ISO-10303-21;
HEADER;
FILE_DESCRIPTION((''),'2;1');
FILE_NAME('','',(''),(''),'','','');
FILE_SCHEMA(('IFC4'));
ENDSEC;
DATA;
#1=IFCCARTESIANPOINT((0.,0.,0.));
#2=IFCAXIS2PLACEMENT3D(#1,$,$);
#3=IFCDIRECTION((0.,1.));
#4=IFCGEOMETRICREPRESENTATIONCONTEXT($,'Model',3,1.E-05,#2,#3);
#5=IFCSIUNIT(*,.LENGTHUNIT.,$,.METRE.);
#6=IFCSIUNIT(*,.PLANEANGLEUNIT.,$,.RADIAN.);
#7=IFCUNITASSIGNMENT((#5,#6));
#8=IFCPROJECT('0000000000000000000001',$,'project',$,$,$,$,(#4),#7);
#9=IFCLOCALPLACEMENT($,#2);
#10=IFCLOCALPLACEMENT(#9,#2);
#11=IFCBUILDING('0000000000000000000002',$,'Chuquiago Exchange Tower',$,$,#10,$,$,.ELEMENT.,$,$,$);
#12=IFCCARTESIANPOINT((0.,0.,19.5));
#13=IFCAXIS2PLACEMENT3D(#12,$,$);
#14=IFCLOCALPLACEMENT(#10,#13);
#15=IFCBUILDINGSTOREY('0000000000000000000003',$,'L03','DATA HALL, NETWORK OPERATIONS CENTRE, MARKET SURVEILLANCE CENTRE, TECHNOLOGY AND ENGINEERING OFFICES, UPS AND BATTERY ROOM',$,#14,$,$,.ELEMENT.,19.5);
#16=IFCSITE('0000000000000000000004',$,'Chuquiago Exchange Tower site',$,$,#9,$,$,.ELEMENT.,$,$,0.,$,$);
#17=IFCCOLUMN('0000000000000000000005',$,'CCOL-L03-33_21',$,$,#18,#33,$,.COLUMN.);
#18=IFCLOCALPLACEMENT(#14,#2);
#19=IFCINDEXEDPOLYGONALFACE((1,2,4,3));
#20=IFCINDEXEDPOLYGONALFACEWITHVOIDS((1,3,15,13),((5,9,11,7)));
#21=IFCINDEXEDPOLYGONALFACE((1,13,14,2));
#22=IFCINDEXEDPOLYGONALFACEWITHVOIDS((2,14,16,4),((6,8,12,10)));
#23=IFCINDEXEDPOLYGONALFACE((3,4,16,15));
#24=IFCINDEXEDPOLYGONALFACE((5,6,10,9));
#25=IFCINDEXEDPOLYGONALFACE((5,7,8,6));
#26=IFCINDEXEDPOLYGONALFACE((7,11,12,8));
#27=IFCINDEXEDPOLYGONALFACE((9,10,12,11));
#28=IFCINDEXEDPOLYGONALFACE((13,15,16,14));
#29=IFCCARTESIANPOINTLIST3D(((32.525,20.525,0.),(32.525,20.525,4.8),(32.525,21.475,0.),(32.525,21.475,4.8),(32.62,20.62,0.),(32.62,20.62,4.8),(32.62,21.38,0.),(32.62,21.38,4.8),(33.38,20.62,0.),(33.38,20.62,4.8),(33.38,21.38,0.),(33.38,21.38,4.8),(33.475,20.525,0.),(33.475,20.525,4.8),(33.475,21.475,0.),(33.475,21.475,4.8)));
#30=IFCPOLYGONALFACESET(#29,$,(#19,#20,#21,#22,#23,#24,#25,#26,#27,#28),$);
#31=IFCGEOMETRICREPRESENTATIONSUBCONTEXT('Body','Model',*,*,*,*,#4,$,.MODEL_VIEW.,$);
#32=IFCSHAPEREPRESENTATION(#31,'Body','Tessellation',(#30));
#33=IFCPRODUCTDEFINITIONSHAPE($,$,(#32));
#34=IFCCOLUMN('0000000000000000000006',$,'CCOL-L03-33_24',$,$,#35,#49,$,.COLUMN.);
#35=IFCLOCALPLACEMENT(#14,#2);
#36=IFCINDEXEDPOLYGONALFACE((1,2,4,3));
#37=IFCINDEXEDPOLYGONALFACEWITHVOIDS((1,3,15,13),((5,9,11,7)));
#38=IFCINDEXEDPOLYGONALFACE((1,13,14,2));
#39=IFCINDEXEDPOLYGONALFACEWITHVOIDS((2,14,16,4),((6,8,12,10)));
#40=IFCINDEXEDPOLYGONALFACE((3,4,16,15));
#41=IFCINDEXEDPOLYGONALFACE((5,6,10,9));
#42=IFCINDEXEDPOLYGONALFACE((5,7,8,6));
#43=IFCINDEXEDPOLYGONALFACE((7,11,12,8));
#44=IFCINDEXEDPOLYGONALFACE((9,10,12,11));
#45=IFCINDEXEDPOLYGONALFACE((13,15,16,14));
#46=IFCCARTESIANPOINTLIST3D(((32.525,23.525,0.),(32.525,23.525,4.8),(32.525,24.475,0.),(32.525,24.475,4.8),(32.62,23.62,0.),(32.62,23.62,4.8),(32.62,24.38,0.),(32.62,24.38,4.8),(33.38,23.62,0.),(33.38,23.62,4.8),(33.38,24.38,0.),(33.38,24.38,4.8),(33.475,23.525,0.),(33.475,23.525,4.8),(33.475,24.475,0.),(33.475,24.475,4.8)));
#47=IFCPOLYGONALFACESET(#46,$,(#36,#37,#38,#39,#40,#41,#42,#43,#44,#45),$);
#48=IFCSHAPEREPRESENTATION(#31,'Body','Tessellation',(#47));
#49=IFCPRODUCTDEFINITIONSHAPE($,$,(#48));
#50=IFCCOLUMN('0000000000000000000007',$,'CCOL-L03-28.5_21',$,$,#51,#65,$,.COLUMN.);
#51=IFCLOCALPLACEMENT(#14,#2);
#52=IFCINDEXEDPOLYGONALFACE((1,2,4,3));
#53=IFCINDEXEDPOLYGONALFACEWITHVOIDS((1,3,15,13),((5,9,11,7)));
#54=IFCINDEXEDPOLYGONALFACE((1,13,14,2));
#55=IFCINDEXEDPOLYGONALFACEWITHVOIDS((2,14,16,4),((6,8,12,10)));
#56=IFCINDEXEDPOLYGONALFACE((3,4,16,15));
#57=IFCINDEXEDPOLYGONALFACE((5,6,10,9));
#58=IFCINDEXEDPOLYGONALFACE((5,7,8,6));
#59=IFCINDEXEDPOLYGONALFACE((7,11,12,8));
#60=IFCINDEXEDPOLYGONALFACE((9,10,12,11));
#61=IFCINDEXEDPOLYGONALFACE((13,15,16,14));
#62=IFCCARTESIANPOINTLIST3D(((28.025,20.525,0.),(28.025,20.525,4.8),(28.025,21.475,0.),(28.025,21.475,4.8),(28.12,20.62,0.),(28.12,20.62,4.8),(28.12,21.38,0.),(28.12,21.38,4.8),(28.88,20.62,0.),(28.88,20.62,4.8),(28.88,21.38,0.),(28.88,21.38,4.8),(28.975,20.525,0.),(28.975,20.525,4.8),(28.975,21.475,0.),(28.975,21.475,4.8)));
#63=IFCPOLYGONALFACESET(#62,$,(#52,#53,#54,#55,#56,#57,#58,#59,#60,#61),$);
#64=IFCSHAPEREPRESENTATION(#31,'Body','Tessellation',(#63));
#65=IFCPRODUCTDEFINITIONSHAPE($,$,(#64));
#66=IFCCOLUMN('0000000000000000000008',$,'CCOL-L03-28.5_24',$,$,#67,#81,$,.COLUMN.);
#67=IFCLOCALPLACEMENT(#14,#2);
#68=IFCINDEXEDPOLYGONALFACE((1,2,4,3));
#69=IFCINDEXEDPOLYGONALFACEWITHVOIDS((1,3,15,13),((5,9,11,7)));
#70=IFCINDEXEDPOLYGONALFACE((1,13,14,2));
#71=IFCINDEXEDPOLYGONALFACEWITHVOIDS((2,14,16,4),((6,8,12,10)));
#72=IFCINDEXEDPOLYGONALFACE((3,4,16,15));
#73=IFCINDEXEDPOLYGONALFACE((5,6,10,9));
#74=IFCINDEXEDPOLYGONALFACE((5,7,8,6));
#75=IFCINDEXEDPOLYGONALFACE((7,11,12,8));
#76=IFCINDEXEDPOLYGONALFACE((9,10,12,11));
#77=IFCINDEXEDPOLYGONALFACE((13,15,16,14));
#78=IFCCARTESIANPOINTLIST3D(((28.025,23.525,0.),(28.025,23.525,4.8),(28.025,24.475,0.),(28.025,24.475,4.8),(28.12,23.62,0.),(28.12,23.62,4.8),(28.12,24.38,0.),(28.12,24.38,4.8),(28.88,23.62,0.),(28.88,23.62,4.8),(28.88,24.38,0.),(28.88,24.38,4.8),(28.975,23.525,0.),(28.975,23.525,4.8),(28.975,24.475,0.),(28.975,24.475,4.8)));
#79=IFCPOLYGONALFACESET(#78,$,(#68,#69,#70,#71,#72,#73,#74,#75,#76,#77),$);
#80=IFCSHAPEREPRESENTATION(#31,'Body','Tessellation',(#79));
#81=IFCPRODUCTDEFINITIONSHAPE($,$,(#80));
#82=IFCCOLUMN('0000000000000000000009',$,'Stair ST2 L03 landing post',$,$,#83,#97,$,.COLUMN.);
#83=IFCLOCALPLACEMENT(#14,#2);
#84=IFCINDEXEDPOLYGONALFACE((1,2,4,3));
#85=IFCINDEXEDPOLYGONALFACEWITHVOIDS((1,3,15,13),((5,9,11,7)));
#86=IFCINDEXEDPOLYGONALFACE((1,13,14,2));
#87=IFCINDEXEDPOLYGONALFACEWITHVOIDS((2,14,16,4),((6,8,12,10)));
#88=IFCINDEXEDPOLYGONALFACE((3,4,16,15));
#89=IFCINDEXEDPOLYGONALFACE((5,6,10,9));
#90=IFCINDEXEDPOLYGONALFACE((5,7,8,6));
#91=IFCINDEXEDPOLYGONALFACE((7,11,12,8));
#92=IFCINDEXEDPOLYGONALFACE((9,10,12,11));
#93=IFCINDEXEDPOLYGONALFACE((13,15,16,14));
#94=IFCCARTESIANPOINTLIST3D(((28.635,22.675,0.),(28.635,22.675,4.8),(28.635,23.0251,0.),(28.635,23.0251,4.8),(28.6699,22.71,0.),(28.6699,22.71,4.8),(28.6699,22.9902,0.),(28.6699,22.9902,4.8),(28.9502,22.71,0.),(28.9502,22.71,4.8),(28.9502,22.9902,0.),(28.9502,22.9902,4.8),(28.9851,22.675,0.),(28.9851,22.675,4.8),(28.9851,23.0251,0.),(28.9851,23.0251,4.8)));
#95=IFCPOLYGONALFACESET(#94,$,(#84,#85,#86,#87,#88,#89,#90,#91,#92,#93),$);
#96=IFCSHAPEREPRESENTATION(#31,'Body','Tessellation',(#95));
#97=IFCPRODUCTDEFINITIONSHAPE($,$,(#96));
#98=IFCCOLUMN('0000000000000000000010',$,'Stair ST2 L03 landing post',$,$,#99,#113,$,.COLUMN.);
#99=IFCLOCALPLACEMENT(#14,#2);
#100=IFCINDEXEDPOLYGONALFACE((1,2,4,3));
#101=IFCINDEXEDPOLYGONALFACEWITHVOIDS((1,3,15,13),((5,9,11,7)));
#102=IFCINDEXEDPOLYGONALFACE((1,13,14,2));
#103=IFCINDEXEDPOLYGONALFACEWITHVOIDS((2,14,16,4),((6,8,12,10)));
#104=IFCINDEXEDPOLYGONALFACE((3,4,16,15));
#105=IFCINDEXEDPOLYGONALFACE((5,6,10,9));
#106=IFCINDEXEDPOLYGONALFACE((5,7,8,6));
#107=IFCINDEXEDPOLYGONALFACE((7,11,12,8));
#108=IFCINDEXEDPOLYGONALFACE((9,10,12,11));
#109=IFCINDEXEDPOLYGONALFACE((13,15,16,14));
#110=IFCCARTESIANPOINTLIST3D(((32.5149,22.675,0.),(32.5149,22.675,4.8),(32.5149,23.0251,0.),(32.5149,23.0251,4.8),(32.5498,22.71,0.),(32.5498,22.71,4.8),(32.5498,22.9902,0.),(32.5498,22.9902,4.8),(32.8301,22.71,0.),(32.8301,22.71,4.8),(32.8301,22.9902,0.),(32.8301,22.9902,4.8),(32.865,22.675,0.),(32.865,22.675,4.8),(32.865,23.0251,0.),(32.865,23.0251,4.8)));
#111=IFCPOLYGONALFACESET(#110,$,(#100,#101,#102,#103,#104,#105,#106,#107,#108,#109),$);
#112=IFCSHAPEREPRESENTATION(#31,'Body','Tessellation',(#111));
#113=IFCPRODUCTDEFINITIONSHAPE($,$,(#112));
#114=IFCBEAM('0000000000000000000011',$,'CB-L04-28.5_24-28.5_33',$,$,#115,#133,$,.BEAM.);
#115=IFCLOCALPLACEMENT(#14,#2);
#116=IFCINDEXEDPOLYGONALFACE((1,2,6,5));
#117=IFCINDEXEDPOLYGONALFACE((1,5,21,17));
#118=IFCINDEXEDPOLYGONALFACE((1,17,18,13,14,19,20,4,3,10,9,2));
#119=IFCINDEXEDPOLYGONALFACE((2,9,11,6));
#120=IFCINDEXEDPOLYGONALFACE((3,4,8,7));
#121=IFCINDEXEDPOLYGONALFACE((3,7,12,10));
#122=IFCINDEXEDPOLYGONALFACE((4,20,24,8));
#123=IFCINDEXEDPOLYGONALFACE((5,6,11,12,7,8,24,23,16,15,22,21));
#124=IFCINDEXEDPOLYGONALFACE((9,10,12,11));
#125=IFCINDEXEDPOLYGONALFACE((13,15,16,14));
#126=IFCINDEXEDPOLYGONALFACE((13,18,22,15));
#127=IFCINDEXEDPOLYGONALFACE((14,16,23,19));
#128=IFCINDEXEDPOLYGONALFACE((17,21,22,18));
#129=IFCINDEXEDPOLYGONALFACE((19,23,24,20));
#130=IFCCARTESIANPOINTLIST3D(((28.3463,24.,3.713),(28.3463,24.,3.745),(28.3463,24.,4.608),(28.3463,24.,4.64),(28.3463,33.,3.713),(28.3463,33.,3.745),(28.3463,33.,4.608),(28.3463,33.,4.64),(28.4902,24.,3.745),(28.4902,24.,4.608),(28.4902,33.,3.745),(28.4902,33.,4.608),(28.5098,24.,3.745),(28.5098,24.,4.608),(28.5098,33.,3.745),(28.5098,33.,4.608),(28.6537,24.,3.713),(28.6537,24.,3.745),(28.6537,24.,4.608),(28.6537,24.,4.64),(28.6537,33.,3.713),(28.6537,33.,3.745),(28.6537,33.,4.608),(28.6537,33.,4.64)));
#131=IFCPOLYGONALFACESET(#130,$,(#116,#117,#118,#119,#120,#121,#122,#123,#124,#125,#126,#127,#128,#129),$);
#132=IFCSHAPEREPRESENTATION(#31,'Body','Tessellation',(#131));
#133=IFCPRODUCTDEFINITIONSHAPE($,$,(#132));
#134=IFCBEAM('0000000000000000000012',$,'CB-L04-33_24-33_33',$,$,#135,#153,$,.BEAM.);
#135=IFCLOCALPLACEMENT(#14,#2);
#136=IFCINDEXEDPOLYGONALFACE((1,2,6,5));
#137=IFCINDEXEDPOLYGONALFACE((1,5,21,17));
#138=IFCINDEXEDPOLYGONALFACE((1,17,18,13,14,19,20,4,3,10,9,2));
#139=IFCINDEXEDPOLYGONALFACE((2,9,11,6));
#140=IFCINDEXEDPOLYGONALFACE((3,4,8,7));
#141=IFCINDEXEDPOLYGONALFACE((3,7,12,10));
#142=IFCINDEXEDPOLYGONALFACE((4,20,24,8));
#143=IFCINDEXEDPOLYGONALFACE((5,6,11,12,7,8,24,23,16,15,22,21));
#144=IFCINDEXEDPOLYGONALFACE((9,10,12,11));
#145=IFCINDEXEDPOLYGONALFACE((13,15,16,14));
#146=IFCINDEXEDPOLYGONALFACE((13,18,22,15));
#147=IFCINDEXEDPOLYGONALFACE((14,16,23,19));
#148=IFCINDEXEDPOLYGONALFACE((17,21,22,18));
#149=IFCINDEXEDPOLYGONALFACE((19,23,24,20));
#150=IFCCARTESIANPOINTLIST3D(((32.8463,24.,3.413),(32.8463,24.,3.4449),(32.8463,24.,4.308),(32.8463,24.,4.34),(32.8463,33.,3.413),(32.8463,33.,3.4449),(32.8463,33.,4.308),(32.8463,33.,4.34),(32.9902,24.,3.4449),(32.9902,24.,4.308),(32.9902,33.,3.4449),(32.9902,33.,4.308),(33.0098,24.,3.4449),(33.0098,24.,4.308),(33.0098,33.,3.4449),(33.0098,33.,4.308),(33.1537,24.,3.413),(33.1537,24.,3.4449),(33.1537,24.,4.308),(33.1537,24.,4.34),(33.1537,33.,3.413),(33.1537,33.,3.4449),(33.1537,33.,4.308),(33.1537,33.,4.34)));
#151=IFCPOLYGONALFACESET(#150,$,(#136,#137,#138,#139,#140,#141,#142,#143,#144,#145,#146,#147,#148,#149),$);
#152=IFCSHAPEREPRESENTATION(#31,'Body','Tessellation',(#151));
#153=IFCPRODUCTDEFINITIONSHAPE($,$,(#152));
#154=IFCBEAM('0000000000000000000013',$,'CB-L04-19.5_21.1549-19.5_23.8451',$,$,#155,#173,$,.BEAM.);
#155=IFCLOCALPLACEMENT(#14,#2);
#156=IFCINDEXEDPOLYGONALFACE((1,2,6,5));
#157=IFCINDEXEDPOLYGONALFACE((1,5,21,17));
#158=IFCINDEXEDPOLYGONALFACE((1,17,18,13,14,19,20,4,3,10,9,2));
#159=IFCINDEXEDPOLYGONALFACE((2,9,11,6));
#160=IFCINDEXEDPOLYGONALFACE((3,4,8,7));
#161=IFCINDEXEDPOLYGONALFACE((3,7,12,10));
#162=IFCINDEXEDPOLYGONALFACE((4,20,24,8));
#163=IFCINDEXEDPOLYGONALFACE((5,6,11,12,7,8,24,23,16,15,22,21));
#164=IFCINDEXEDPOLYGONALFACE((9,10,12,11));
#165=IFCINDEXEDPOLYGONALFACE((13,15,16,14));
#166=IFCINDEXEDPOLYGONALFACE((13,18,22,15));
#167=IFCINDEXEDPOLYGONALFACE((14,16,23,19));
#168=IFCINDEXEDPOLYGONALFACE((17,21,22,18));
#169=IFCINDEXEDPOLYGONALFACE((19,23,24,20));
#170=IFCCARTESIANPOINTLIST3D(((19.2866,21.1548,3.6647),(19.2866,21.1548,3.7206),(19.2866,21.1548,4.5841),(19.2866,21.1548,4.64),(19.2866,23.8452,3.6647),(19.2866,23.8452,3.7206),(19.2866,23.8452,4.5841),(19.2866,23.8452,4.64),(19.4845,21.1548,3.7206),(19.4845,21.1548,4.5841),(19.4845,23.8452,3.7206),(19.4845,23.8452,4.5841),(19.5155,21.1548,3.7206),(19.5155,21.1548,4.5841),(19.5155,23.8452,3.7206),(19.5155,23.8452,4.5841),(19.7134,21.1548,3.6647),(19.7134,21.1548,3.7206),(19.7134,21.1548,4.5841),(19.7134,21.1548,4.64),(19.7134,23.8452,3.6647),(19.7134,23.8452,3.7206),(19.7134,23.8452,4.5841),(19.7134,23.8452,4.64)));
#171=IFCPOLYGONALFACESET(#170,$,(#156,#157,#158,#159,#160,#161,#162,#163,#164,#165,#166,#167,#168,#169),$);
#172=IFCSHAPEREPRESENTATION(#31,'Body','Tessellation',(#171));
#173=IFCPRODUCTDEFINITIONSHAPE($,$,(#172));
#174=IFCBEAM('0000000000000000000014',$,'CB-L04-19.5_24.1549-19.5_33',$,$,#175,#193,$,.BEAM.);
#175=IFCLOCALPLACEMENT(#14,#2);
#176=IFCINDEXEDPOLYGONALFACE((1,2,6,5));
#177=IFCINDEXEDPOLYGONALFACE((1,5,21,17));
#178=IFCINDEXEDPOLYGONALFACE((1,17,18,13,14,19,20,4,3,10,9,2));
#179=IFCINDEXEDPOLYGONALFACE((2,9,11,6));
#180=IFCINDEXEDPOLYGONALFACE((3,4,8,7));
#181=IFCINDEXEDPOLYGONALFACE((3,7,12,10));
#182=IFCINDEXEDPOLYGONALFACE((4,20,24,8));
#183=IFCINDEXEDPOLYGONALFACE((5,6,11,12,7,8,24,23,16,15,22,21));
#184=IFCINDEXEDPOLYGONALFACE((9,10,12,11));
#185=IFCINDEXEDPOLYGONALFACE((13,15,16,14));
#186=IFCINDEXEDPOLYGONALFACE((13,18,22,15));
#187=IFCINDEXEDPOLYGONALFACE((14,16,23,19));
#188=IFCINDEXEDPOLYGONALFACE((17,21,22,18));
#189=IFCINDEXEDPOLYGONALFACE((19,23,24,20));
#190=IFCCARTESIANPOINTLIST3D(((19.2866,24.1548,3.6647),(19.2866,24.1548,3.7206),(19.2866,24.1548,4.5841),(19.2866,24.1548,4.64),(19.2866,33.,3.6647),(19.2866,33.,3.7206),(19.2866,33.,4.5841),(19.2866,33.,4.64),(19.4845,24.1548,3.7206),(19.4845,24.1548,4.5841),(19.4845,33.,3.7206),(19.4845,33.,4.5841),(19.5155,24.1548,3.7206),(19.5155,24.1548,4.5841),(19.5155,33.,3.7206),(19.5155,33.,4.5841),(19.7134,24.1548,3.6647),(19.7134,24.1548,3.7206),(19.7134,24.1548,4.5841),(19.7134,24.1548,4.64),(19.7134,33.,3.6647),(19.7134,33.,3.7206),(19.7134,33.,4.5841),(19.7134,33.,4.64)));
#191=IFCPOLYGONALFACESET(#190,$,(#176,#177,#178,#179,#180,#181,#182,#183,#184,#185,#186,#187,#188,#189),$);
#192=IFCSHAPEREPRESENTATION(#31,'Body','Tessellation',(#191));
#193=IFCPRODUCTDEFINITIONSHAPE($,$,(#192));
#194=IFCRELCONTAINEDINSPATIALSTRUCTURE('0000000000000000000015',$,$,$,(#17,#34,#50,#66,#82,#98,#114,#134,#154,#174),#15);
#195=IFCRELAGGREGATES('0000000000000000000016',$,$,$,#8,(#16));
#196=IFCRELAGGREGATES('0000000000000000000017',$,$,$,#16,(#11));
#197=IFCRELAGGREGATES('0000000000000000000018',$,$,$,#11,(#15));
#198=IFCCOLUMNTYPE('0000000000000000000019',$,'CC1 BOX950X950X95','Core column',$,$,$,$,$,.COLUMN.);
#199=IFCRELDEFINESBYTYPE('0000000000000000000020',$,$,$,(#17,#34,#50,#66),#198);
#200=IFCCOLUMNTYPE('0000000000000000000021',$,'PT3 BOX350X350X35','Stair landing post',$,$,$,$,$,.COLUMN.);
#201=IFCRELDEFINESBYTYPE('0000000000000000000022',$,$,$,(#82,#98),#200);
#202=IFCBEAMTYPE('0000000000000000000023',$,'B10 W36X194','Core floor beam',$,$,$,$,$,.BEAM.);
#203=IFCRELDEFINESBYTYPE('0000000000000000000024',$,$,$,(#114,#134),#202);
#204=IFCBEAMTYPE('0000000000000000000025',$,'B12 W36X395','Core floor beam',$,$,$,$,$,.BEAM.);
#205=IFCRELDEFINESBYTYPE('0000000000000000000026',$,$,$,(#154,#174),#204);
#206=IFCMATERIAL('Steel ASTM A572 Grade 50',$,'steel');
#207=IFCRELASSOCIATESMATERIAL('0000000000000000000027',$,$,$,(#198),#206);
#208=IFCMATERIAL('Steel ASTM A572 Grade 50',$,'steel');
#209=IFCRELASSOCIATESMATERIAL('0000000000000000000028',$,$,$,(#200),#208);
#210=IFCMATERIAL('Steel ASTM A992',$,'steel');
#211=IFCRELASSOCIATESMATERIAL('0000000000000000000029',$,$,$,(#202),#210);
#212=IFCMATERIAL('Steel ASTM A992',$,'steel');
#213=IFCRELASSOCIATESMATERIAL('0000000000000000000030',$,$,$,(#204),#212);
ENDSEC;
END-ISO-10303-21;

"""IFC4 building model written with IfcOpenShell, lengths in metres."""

from ifc_helpers import new_model, si_unit, direction, frame, origin, origin_2d, place, context, subcontext, project, spatial, hollow_rectangle, i_section, extrude, material, material_profile, profile_set, type_object, element, save


model = new_model("IFC4")

# Units and contexts
model_context = context("Model", 3, precision=1e-05, world=origin(), true_north=direction((0.0, 1.0)))
body_context = subcontext(model_context, "Body", "Model", "MODEL_VIEW")
ifc_project = project(units=[si_unit("LENGTHUNIT", "METRE"), si_unit("PLANEANGLEUNIT", "RADIAN")], contexts=[model_context])

# Site, building, storey
site_placement = place(None, origin())
site = spatial("IfcSite", under=ifc_project, at=site_placement, Name="Chuquiago Exchange Tower site", CompositionType="ELEMENT", RefElevation=0.0)
building_placement = place(site_placement, origin())
building = spatial("IfcBuilding", under=site, at=building_placement, Name="Chuquiago Exchange Tower", CompositionType="ELEMENT")
storey_placement = place(building_placement, frame((0.0, 0.0, 19.5)))
storey = spatial("IfcBuildingStorey", under=building, at=storey_placement, Name="L03", Description="DATA HALL, NETWORK OPERATIONS CENTRE, MARKET SURVEILLANCE CENTRE, TECHNOLOGY AND ENGINEERING OFFICES, UPS AND BATTERY ROOM", CompositionType="ELEMENT", Elevation=19.5)

# Columns
ifc_material_1 = material(Name="Steel ASTM A572 Grade 50", Category="steel")
ifc_material_profile_1 = material_profile(ifc_material_1, hollow_rectangle(XDim=0.95, YDim=0.95, WallThickness=0.095, at=origin_2d()), Name="BOX950X950X95")
ifc_profile_set_1 = profile_set([ifc_material_profile_1], Name="Steel ASTM A572 Grade 50")
column_type_1 = type_object("IfcColumnType", Name="CC1 BOX950X950X95", Description="Core column", PredefinedType="COLUMN", material=ifc_profile_set_1)
for number, where, z_axis, x_axis, name in (
    (1, (33.0, 21.0, 0.0), (0.0, 0.0, 1.0), (1.0, 0.0, 0.0), "CCOL-L03-33_21"),
    (2, (33.0, 24.0, 0.0), (0.0, 0.0, 1.0), (1.0, 0.0, 0.0), "CCOL-L03-33_24"),
    (3, (28.5, 21.0, 0.0), (0.0, 0.0, 1.0), (1.0, 0.0, 0.0), "CCOL-L03-28.5_21"),
    (4, (28.5, 24.0, 0.0), (0.0, 0.0, 1.0), (1.0, 0.0, 0.0), "CCOL-L03-28.5_24"),
):
    element("IfcColumn", number, at=place(storey_placement, frame(where, z_axis=z_axis, x_axis=x_axis)), inside=storey, type_object=column_type_1, Name=name, PredefinedType="COLUMN", context=body_context, shape_type="SweptSolid", body=[
        extrude(hollow_rectangle(XDim=0.95, YDim=0.95, WallThickness=0.095, at=origin_2d()), origin(), (0.0, 0.0, 1.0), 4.8),
    ])
ifc_material_2 = material(Name="Steel ASTM A572 Grade 50", Category="steel")
ifc_material_profile_2 = material_profile(ifc_material_2, hollow_rectangle(XDim=0.3501, YDim=0.3501, WallThickness=0.0349, at=origin_2d()), Name="BOX350X350X35")
ifc_profile_set_2 = profile_set([ifc_material_profile_2], Name="Steel ASTM A572 Grade 50")
column_type_2 = type_object("IfcColumnType", Name="PT3 BOX350X350X35", Description="Stair landing post", PredefinedType="COLUMN", material=ifc_profile_set_2)
for number, where, z_axis, x_axis, name in (
    (5, (28.8101, 22.8501, 0.0), (0.0, 0.0, 1.0), (1.0, 0.0, 0.0), "Stair ST2 L03 landing post"),
    (6, (32.6899, 22.8501, 0.0), (0.0, 0.0, 1.0), (1.0, 0.0, 0.0), "Stair ST2 L03 landing post"),
):
    element("IfcColumn", number, at=place(storey_placement, frame(where, z_axis=z_axis, x_axis=x_axis)), inside=storey, type_object=column_type_2, Name=name, PredefinedType="COLUMN", context=body_context, shape_type="SweptSolid", body=[
        extrude(hollow_rectangle(XDim=0.3501, YDim=0.3501, WallThickness=0.0349, at=origin_2d()), origin(), (0.0, 0.0, 1.0), 4.8),
    ])

# Beams
ifc_material_3 = material(Name="Steel ASTM A992", Category="steel")
ifc_material_profile_3 = material_profile(ifc_material_3, i_section(OverallWidth=0.3074, OverallDepth=0.927, WebThickness=0.0195, FlangeThickness=0.032, at=origin_2d()), Name="W36X194")
ifc_profile_set_3 = profile_set([ifc_material_profile_3], Name="Steel ASTM A992")
beam_type_1 = type_object("IfcBeamType", Name="B10 W36X194", Description="Core floor beam", PredefinedType="BEAM", material=ifc_profile_set_3)
for number, where, z_axis, x_axis, name in (
    (7, (28.5, 24.0, 4.1765), (0.0, 1.0, 0.0), (-1.0, 0.0, 0.0), "CB-L04-28.5_24-28.5_33"),
    (8, (33.0, 24.0, 3.8765), (0.0, 1.0, 0.0), (-1.0, 0.0, 0.0), "CB-L04-33_24-33_33"),
):
    element("IfcBeam", number, at=place(storey_placement, frame(where, z_axis=z_axis, x_axis=x_axis)), inside=storey, type_object=beam_type_1, Name=name, PredefinedType="BEAM", context=body_context, shape_type="SweptSolid", body=[
        extrude(i_section(OverallWidth=0.3074, OverallDepth=0.927, WebThickness=0.0195, FlangeThickness=0.032, at=origin_2d()), origin(), (0.0, 0.0, 1.0), 9.0),
    ])
ifc_material_4 = material(Name="Steel ASTM A992", Category="steel")
ifc_material_profile_4 = material_profile(ifc_material_4, i_section(OverallWidth=0.4268, OverallDepth=0.9753, WebThickness=0.031, FlangeThickness=0.0559, at=origin_2d()), Name="W36X395")
ifc_profile_set_4 = profile_set([ifc_material_profile_4], Name="Steel ASTM A992")
beam_type_2 = type_object("IfcBeamType", Name="B12 W36X395", Description="Core floor beam", PredefinedType="BEAM", material=ifc_profile_set_4)
beam_1_placement = place(storey_placement, frame((19.5, 21.1548, 4.1523), z_axis=(0.0, 1.0, 0.0), x_axis=(-1.0, 0.0, 0.0)))
element("IfcBeam", 9, at=beam_1_placement, inside=storey, type_object=beam_type_2, Name="CB-L04-19.5_21.1549-19.5_23.8451", PredefinedType="BEAM", context=body_context, shape_type="SweptSolid", body=[
    extrude(i_section(OverallWidth=0.4268, OverallDepth=0.9753, WebThickness=0.031, FlangeThickness=0.0559, at=origin_2d()), origin(), (0.0, 0.0, 1.0), 2.6904),
])
beam_2_placement = place(storey_placement, frame((19.5, 24.1548, 4.1523), z_axis=(0.0, 1.0, 0.0), x_axis=(-1.0, 0.0, 0.0)))
element("IfcBeam", 10, at=beam_2_placement, inside=storey, type_object=beam_type_2, Name="CB-L04-19.5_24.1549-19.5_33", PredefinedType="BEAM", context=body_context, shape_type="SweptSolid", body=[
    extrude(i_section(OverallWidth=0.4268, OverallDepth=0.9753, WebThickness=0.031, FlangeThickness=0.0559, at=origin_2d()), origin(), (0.0, 0.0, 1.0), 8.8452),
])

save(model, "model.ifc")
